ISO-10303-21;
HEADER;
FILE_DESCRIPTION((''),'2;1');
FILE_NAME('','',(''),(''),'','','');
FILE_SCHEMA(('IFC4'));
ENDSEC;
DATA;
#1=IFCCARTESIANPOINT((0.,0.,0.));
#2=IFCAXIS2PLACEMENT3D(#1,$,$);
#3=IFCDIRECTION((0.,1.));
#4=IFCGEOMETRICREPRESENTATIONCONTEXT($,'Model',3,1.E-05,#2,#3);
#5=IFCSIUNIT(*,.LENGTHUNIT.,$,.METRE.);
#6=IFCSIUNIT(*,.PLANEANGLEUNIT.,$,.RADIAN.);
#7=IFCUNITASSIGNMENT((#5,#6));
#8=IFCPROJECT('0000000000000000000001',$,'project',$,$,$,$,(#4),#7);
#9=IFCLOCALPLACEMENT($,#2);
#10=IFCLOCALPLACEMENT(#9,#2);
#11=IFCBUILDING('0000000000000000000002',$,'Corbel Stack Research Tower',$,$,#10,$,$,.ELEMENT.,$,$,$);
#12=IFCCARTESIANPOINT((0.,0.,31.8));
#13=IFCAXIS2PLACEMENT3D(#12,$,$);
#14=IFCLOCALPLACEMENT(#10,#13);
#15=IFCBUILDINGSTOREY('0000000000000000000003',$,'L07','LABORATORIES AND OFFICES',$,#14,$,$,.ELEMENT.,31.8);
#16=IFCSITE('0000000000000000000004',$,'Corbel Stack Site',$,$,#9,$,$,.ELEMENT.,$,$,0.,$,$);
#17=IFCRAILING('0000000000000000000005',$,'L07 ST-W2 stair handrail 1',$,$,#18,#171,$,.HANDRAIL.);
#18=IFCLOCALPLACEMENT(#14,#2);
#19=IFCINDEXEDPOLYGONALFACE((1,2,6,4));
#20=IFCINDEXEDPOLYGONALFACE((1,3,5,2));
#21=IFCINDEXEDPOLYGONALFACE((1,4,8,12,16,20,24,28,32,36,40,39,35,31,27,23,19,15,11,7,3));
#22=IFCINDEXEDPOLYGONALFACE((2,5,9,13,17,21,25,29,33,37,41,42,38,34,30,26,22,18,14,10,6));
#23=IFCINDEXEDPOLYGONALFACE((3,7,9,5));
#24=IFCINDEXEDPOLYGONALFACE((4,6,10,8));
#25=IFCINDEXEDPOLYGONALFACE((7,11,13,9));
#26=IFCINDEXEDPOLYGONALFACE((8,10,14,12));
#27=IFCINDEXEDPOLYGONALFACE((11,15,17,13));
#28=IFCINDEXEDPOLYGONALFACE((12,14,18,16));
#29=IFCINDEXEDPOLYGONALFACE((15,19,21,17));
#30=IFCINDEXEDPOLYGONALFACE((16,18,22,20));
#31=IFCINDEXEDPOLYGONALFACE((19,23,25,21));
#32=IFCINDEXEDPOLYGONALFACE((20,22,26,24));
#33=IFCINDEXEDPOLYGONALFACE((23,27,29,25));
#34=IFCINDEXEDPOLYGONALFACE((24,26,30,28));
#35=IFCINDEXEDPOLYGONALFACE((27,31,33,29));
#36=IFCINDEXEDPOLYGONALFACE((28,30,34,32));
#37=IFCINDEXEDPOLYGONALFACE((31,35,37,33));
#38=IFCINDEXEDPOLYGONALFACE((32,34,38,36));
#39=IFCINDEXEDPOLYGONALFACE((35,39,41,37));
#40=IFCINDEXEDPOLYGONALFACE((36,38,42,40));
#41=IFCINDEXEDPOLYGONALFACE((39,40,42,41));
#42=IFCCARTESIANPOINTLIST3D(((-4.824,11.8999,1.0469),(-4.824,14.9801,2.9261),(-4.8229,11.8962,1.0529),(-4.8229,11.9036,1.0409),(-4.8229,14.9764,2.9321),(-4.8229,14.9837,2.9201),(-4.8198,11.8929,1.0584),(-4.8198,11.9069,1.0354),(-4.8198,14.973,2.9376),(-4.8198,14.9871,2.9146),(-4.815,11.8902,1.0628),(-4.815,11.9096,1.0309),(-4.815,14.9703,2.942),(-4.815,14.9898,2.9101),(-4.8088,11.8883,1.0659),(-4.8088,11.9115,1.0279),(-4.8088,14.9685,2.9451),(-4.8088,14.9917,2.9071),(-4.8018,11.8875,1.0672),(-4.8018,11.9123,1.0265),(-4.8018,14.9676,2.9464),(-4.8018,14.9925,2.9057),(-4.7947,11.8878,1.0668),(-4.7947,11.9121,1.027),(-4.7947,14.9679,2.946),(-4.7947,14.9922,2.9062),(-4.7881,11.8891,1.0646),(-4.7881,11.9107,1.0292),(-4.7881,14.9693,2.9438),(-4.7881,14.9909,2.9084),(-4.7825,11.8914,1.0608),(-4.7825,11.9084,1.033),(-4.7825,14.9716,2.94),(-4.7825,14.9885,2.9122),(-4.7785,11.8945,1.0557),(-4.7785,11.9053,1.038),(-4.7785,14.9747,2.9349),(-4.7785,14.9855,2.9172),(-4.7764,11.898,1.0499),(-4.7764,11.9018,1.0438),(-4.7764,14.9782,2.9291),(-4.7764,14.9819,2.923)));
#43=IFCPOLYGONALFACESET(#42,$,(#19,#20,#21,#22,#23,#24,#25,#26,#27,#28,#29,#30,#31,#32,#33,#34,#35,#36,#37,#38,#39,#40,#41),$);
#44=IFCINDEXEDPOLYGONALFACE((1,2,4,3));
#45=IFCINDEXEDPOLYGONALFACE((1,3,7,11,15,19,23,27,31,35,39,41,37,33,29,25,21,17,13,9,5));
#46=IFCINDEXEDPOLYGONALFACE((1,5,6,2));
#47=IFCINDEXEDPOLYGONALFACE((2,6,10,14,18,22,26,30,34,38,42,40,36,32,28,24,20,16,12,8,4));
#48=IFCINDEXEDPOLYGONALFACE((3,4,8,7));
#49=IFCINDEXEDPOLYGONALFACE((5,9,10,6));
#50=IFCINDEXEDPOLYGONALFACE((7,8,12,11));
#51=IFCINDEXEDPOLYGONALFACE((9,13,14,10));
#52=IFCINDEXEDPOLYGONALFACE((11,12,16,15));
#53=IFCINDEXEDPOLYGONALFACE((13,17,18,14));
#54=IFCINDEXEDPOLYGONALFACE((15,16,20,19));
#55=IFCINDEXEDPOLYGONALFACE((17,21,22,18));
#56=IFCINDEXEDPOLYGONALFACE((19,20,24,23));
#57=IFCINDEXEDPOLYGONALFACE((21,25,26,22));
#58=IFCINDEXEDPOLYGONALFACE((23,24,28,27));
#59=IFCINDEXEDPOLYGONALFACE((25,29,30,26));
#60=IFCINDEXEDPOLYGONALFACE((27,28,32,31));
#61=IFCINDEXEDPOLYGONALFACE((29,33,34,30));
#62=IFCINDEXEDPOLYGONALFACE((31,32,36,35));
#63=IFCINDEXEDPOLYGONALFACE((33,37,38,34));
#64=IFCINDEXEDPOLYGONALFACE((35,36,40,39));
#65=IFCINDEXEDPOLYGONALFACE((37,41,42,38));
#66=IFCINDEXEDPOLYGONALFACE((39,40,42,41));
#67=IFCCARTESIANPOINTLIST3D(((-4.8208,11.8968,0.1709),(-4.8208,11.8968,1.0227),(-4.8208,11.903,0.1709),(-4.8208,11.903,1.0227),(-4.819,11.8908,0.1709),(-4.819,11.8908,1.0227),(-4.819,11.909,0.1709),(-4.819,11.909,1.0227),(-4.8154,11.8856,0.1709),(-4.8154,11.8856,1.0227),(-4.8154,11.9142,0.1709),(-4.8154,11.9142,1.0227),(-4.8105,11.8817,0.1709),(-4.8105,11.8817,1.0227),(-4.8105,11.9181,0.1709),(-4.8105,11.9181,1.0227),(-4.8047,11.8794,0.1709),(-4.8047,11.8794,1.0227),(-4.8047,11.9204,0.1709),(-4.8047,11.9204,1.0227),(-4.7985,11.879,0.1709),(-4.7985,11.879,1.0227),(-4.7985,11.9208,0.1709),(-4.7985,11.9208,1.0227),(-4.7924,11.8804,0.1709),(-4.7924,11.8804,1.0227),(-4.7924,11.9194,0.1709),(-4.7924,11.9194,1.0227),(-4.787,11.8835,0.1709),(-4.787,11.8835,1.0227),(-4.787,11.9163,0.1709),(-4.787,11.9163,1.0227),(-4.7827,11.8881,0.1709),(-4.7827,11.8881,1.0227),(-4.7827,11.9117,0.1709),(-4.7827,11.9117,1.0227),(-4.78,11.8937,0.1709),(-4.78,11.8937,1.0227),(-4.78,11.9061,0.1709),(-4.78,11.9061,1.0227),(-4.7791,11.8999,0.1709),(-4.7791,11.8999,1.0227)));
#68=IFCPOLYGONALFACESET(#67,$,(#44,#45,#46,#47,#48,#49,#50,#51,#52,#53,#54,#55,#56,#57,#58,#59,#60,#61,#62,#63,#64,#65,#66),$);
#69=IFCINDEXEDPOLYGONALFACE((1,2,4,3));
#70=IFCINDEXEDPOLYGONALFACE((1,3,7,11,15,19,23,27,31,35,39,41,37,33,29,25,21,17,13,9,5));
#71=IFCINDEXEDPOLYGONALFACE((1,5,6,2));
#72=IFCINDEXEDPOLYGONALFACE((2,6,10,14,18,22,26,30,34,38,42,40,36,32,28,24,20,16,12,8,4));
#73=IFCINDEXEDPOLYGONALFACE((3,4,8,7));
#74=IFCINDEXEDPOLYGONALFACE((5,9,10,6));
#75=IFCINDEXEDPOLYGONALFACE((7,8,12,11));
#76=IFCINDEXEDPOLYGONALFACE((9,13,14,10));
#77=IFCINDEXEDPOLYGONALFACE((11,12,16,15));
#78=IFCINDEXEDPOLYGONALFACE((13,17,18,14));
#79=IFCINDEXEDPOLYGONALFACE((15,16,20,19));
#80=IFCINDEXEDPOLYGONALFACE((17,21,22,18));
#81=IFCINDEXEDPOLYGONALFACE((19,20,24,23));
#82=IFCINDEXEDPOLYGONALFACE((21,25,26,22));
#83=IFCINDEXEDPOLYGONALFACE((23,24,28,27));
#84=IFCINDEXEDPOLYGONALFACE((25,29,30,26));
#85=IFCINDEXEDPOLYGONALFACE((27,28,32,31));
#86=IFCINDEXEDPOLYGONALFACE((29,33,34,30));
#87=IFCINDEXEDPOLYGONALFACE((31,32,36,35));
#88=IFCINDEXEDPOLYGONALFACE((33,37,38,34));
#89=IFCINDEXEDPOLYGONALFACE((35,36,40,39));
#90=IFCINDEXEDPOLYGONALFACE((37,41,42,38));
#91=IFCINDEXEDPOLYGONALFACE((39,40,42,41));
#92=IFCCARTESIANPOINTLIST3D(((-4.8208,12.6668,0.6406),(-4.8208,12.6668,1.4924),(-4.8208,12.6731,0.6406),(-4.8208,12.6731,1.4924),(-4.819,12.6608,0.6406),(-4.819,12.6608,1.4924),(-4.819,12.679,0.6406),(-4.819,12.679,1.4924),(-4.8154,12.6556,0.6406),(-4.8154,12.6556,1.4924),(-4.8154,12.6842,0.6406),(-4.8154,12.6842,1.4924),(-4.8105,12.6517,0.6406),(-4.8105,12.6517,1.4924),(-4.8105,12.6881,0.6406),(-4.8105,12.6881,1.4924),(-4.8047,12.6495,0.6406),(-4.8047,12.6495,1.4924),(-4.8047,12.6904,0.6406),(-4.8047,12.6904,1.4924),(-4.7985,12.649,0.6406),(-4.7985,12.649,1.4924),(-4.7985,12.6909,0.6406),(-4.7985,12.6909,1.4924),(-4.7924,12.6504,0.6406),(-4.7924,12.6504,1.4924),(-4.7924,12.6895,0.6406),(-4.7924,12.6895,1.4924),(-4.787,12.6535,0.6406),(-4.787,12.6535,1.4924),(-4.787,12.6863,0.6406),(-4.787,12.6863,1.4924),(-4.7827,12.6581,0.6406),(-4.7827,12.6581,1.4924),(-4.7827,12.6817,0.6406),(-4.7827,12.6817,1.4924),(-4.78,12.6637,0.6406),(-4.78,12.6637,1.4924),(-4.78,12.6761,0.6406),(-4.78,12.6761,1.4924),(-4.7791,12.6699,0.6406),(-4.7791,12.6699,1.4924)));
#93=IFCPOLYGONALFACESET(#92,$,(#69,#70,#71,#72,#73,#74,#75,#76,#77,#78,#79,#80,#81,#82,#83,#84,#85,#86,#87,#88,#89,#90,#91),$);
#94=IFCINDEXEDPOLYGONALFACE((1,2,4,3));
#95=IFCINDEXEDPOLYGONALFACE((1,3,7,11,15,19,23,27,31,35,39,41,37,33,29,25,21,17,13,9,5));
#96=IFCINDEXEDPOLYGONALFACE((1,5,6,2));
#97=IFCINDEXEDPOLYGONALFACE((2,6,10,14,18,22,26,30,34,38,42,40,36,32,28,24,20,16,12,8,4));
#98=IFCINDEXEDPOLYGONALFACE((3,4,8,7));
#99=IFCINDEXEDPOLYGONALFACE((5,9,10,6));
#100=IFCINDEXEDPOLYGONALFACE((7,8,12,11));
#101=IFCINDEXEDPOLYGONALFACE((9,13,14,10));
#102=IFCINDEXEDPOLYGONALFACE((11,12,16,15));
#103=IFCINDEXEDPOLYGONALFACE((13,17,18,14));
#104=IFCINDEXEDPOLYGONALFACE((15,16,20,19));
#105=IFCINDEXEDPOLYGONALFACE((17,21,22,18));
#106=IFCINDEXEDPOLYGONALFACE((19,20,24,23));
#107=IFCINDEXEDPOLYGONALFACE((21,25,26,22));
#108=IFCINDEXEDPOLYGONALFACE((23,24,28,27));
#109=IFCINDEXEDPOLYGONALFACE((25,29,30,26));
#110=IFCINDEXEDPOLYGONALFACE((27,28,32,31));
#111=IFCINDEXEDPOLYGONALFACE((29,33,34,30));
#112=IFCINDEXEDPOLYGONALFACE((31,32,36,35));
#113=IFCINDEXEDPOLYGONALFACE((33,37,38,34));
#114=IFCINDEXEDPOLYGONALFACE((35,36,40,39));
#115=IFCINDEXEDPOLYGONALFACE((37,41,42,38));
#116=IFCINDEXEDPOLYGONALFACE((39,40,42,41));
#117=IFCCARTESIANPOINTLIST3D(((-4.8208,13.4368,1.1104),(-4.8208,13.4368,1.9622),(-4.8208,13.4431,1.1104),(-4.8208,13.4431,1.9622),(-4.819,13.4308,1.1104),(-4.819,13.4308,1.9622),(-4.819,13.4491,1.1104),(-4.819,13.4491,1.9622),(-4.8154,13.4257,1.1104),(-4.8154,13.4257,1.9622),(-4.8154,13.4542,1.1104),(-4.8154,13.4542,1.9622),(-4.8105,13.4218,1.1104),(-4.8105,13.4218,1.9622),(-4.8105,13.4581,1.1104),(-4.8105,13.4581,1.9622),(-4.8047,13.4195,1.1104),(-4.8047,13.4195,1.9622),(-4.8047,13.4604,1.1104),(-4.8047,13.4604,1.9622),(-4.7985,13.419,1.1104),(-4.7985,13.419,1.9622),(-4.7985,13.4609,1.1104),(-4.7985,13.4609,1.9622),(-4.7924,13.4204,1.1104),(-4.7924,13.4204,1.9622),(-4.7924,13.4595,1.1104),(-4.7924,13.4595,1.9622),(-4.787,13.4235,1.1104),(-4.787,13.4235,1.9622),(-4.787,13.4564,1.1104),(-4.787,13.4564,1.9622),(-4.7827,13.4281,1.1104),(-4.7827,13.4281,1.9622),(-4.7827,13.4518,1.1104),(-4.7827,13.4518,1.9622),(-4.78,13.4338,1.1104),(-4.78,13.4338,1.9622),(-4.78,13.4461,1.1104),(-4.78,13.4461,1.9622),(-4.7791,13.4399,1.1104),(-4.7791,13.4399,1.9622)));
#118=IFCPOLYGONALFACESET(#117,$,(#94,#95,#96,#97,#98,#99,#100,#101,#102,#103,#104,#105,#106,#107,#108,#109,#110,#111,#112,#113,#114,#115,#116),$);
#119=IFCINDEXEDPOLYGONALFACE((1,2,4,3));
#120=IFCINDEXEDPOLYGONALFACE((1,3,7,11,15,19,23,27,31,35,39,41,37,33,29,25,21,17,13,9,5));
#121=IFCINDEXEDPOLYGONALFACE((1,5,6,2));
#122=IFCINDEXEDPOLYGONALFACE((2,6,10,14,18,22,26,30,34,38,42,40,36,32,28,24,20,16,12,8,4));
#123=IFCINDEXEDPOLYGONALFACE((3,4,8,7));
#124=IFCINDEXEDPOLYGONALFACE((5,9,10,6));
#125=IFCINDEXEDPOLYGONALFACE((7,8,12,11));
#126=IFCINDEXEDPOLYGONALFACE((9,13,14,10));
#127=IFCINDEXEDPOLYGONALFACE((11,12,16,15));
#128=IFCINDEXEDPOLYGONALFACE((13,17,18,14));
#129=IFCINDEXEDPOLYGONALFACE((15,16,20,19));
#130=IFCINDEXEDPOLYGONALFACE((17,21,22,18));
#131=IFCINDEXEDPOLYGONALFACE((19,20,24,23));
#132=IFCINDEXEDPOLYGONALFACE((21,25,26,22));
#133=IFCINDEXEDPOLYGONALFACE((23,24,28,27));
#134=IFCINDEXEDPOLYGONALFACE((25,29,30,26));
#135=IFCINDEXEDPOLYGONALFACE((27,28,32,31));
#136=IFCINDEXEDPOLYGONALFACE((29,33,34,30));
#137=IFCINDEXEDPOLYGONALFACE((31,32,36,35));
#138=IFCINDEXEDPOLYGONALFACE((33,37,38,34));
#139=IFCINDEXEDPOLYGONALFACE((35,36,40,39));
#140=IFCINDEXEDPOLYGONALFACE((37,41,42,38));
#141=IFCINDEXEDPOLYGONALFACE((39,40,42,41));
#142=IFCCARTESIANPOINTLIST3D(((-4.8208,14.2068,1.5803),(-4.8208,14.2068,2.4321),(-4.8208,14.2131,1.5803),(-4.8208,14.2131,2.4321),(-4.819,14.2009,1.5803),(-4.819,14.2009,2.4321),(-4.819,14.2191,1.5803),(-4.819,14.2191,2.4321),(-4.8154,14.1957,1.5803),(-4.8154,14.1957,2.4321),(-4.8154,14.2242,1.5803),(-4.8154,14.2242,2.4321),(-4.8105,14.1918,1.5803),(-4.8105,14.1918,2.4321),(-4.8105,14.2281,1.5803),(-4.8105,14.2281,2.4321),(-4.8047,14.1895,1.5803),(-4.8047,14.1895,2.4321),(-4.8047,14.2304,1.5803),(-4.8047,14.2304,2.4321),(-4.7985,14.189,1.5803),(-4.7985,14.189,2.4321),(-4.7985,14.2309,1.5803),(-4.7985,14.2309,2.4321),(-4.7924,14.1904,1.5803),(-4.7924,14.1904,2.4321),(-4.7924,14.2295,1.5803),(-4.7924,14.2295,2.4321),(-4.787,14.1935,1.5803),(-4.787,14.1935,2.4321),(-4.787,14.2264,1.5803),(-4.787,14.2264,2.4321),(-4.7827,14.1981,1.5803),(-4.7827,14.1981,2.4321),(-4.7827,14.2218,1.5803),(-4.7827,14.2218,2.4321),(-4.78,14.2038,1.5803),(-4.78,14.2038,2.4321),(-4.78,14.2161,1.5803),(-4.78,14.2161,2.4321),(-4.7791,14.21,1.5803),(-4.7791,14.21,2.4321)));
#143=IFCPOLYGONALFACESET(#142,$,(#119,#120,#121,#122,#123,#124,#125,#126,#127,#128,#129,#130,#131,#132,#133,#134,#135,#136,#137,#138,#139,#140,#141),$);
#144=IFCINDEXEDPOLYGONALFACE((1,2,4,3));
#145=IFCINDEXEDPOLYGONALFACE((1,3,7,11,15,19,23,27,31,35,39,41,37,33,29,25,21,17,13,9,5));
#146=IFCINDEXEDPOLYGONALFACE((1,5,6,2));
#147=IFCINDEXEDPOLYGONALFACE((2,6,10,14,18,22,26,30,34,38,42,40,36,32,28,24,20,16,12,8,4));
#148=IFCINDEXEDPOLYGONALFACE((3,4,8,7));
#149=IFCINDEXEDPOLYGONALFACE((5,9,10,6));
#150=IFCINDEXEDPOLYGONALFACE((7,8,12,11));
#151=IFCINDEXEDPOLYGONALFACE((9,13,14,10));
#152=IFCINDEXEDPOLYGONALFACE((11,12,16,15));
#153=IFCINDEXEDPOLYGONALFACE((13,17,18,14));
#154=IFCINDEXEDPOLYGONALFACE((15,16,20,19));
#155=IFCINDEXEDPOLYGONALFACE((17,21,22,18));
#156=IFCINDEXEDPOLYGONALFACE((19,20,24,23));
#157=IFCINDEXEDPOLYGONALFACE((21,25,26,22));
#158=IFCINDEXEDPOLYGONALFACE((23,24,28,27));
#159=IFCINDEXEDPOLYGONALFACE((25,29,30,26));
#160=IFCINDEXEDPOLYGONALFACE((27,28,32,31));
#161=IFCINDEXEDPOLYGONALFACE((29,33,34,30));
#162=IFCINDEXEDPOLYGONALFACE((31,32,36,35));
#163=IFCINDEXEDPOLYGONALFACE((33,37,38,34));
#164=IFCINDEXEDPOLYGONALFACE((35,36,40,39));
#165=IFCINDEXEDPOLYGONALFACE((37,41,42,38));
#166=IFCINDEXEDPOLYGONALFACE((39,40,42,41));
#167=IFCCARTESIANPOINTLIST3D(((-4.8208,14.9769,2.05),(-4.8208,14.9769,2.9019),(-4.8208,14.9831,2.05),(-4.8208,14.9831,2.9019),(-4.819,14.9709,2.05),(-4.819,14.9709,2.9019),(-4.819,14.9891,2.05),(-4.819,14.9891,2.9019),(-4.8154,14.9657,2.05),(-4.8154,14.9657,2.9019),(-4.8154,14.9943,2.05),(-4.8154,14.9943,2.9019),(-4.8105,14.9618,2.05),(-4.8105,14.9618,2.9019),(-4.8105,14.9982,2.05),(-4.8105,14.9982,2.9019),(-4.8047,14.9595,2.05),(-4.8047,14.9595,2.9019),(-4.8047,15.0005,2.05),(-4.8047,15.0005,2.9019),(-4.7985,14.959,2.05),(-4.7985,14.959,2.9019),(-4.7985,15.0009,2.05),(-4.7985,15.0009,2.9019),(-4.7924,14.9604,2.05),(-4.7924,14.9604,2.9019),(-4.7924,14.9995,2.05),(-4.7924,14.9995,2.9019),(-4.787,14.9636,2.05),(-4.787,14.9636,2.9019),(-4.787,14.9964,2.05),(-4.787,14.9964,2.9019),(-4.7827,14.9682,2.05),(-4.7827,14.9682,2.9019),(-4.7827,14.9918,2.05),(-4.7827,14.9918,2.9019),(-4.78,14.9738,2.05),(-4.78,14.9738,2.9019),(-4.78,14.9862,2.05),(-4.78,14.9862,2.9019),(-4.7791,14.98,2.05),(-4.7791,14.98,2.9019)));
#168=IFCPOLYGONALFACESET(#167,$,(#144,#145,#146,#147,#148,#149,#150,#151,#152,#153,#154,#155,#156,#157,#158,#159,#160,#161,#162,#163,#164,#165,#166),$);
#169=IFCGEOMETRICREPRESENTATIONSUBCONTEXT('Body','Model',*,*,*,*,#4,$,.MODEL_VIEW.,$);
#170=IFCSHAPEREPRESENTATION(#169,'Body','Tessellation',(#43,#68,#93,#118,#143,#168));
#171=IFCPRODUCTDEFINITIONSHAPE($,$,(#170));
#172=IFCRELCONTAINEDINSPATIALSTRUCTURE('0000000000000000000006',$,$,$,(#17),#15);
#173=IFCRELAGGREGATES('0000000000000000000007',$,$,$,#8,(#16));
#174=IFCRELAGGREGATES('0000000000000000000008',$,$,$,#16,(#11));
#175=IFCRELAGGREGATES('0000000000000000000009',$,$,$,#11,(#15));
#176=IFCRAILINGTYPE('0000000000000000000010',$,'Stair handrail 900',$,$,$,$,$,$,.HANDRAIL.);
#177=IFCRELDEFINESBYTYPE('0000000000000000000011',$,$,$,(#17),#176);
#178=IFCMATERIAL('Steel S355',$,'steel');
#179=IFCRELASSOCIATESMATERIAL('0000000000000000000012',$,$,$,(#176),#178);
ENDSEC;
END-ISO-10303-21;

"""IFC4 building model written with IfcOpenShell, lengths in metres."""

from ifc_helpers import new_model, si_unit, direction, frame, origin, origin_2d, place, context, subcontext, project, spatial, circle, extrude, material, type_object, element, save


model = new_model("IFC4")

# Units and contexts
model_context = context("Model", 3, precision=1e-05, world=origin(), true_north=direction((0.0, 1.0)))
body_context = subcontext(model_context, "Body", "Model", "MODEL_VIEW")
ifc_project = project(units=[si_unit("LENGTHUNIT", "METRE"), si_unit("PLANEANGLEUNIT", "RADIAN")], contexts=[model_context])

# Site, building, storey
site_placement = place(None, origin())
site = spatial("IfcSite", under=ifc_project, at=site_placement, Name="Corbel Stack Site", CompositionType="ELEMENT", RefElevation=0.0)
building_placement = place(site_placement, origin())
building = spatial("IfcBuilding", under=site, at=building_placement, Name="Corbel Stack Research Tower", CompositionType="ELEMENT")
storey_placement = place(building_placement, frame((0.0, 0.0, 31.8)))
storey = spatial("IfcBuildingStorey", under=building, at=storey_placement, Name="L07", Description="LABORATORIES AND OFFICES", CompositionType="ELEMENT", Elevation=31.8)

# Railing
ifc_material_1 = material(Name="Steel S355", Category="steel")
railing_type_1 = type_object("IfcRailingType", Name="Stair handrail 900", PredefinedType="HANDRAIL", material=ifc_material_1)
railing_1_placement = place(storey_placement, frame((-4.8, 11.8999, 0.1709)))
element("IfcRailing", 1, at=railing_1_placement, inside=storey, type_object=railing_type_1, Name="L07 ST-W2 stair handrail 1", PredefinedType="HANDRAIL", context=body_context, shape_type="SweptSolid", body=[
    extrude(circle(Radius=0.0239, at=origin_2d()), frame((0.0, 0.0, 0.876), z_axis=(0.0, 0.853666, 0.52082), x_axis=(-1.0, 0.0, 0.0)), (0.0, 0.0, 1.0), 3.6082),
    extrude(circle(Radius=0.021, at=origin_2d()), origin(), (0.0, 0.0, 1.0), 0.8518),
    extrude(circle(Radius=0.021, at=origin_2d()), frame((0.0, 0.77, 0.4697)), (0.0, 0.0, 1.0), 0.8518),
    extrude(circle(Radius=0.021, at=origin_2d()), frame((0.0, 1.54, 0.9395)), (0.0, 0.0, 1.0), 0.8518),
    extrude(circle(Radius=0.021, at=origin_2d()), frame((0.0, 2.3101, 1.4094)), (0.0, 0.0, 1.0), 0.8518),
    extrude(circle(Radius=0.021, at=origin_2d()), frame((0.0, 3.0801, 1.8792)), (0.0, 0.0, 1.0), 0.8518),
])

save(model, "model.ifc")
